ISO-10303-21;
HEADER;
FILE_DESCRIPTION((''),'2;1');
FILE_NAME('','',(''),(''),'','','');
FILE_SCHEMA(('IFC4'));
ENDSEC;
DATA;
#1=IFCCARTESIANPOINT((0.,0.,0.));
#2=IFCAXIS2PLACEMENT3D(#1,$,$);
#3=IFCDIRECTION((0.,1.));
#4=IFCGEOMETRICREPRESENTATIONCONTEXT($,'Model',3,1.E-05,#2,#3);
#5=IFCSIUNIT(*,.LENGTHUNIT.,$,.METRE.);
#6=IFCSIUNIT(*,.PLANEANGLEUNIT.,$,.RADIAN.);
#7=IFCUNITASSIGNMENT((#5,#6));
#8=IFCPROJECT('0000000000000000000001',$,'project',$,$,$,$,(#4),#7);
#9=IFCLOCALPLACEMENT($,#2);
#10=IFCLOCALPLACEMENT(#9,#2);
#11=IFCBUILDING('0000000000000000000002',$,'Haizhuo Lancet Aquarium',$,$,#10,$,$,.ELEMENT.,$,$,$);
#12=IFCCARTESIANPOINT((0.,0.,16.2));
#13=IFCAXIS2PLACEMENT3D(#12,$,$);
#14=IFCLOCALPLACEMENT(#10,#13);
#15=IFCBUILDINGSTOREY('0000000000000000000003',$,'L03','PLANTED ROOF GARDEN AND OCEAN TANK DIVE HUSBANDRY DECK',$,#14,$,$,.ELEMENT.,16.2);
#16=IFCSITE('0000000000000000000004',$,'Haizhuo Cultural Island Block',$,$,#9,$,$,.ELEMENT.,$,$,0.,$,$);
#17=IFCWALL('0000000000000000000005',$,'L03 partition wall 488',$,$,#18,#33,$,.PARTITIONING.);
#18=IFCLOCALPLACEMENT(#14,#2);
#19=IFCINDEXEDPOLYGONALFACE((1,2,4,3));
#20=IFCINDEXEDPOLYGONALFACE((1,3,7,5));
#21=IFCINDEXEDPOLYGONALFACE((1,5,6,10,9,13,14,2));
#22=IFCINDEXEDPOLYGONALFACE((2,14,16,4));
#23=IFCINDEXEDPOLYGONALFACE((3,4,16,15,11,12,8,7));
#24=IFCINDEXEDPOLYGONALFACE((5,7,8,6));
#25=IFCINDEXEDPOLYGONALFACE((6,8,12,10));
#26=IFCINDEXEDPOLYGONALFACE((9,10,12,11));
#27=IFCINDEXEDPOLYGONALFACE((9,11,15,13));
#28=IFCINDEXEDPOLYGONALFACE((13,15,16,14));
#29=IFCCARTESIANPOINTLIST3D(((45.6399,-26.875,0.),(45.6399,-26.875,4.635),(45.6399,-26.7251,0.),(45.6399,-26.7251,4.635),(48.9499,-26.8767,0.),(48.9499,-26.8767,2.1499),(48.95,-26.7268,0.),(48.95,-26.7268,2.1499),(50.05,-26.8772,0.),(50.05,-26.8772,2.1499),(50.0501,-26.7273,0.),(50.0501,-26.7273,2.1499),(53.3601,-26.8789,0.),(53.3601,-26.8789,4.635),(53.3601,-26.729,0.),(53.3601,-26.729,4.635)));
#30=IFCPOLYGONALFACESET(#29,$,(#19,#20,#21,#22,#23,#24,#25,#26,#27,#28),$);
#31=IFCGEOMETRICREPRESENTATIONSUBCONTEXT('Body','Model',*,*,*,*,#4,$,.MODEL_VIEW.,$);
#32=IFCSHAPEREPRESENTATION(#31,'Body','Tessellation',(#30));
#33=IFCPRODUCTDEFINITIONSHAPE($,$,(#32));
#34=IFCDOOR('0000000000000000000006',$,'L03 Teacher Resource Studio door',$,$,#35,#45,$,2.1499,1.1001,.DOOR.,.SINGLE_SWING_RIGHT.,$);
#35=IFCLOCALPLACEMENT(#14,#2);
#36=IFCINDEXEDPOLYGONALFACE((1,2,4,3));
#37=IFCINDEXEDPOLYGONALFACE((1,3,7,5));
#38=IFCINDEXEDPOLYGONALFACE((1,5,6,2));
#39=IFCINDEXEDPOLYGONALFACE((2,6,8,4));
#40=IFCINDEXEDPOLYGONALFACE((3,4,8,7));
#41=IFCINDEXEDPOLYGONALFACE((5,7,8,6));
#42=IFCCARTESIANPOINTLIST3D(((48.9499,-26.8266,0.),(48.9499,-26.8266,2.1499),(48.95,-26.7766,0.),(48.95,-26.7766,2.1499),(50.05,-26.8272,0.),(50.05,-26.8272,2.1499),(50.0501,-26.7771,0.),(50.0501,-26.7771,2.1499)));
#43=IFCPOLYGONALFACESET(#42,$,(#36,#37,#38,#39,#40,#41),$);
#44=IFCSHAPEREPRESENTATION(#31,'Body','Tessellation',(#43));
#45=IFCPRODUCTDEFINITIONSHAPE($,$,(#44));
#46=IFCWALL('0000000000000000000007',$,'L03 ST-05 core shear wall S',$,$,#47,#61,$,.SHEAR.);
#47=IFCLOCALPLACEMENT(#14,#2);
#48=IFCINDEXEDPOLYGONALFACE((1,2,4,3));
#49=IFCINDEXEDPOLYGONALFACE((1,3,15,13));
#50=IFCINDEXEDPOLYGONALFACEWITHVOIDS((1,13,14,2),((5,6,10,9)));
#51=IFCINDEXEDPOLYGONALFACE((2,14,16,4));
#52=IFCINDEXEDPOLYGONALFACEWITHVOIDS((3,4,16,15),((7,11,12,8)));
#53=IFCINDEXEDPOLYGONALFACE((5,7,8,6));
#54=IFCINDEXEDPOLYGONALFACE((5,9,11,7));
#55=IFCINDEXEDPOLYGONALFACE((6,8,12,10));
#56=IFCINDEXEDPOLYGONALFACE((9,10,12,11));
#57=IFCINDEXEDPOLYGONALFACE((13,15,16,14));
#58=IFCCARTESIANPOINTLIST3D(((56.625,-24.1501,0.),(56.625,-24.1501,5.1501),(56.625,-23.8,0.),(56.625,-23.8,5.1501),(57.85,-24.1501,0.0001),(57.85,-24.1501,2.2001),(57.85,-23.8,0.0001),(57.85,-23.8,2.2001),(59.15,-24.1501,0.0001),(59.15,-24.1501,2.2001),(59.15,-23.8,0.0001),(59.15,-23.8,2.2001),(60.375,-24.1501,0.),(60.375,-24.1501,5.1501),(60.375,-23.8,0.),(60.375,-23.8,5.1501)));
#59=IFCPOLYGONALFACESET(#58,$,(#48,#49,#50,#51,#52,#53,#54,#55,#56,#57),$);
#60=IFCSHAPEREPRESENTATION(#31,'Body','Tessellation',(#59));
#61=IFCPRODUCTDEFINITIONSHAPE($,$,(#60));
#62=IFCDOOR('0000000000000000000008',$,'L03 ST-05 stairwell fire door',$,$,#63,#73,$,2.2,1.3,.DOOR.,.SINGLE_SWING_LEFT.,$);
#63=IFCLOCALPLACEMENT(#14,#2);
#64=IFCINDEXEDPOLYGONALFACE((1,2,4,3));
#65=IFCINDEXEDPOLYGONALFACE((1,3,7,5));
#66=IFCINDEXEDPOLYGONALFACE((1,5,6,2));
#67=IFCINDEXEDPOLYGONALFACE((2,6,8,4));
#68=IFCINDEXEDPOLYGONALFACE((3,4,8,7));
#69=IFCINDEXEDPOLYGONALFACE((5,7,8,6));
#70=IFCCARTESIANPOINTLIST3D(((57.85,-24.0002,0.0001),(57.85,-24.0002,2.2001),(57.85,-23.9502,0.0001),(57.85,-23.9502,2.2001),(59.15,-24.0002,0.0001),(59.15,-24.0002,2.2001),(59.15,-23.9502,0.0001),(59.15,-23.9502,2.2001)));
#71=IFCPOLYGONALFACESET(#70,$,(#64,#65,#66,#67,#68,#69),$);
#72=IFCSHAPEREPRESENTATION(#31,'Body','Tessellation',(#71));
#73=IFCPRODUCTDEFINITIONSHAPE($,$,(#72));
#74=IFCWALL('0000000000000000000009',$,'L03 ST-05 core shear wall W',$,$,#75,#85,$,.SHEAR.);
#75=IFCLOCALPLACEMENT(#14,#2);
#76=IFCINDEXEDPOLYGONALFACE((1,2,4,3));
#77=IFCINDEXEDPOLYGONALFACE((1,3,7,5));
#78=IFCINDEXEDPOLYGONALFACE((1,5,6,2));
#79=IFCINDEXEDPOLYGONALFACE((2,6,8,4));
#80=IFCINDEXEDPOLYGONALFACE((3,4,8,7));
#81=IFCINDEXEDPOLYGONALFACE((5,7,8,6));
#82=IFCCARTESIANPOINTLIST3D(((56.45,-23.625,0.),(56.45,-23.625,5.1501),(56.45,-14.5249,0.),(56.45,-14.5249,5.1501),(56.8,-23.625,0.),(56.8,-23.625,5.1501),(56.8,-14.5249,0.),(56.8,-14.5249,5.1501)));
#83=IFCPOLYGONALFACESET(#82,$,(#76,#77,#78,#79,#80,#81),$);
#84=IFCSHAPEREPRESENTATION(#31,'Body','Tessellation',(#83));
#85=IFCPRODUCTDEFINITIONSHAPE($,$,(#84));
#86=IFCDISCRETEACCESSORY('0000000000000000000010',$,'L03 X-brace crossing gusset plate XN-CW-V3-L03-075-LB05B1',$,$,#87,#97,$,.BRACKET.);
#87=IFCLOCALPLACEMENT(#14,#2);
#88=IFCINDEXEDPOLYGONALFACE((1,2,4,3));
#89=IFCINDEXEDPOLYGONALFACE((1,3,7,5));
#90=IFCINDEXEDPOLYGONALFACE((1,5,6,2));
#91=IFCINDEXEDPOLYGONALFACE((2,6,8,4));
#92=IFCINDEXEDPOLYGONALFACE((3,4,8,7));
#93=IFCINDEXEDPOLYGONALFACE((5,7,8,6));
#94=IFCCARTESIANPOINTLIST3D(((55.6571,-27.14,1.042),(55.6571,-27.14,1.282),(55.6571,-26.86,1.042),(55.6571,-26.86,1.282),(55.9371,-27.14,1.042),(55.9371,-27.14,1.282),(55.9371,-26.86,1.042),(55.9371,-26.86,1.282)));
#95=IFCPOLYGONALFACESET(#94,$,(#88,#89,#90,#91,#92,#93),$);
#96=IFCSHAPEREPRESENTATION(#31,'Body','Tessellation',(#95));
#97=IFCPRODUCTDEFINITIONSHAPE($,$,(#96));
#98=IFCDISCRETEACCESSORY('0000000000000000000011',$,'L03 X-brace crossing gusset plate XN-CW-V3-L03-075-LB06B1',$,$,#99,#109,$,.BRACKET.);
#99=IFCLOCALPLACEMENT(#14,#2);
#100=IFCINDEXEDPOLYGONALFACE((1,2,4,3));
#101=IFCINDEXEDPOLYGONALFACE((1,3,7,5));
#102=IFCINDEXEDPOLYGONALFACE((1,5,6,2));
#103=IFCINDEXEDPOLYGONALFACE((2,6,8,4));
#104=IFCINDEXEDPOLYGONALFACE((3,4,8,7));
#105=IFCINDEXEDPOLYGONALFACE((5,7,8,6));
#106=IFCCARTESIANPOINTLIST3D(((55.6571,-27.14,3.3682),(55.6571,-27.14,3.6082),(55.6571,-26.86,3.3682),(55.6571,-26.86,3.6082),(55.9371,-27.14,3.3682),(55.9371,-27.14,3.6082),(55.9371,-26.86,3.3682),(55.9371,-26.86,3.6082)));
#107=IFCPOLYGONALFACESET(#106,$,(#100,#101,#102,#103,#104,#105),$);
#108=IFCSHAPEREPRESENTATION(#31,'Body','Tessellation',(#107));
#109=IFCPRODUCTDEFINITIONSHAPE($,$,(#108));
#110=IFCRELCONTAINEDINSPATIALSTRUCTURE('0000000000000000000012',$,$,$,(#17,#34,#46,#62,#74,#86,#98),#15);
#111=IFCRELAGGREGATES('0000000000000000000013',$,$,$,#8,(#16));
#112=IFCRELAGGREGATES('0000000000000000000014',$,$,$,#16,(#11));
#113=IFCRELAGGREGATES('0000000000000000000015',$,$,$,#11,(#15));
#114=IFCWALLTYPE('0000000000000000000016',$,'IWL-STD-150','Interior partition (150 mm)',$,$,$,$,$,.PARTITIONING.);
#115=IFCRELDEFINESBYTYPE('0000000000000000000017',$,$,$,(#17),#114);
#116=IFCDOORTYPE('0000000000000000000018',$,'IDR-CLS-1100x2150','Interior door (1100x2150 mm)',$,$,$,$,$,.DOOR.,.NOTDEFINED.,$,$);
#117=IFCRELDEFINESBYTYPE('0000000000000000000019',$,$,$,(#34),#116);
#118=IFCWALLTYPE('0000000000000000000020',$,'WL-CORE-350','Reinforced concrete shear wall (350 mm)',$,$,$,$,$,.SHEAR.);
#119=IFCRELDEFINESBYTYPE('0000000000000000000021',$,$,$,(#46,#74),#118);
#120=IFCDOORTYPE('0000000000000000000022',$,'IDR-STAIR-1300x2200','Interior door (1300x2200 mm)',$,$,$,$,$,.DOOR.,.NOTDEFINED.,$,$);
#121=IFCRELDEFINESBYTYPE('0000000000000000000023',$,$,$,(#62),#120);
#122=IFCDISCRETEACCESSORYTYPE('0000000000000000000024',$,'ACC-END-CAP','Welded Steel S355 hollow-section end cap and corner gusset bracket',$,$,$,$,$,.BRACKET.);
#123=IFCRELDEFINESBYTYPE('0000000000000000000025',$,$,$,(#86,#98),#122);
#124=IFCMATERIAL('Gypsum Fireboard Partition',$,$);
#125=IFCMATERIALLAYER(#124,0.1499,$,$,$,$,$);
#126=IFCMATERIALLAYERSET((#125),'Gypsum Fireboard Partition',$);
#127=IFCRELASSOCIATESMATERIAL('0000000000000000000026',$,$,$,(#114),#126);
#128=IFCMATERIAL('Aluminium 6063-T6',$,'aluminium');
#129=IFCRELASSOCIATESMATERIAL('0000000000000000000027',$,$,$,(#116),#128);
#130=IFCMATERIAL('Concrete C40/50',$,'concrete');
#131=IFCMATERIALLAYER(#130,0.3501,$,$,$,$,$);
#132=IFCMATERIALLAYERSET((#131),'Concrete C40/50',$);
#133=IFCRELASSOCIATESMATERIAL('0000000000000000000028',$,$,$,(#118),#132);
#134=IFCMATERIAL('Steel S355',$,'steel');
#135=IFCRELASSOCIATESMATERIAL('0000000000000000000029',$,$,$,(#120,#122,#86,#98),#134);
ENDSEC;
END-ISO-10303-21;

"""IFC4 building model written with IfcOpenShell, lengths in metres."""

from ifc_helpers import new_model, si_unit, direction, frame, frame_2d, origin, origin_2d, place, context, subcontext, project, spatial, rectangle, extrude, material, layer, layer_set, type_object, element, fill, save


model = new_model("IFC4")

# Units and contexts
model_context = context("Model", 3, precision=1e-05, world=origin(), true_north=direction((0.0, 1.0)))
body_context = subcontext(model_context, "Body", "Model", "MODEL_VIEW")
ifc_project = project(units=[si_unit("LENGTHUNIT", "METRE"), si_unit("PLANEANGLEUNIT", "RADIAN")], contexts=[model_context])

# Site, building, storey
site_placement = place(None, origin())
site = spatial("IfcSite", under=ifc_project, at=site_placement, Name="Haizhuo Cultural Island Block", CompositionType="ELEMENT", RefElevation=0.0)
building_placement = place(site_placement, origin())
building = spatial("IfcBuilding", under=site, at=building_placement, Name="Haizhuo Lancet Aquarium", CompositionType="ELEMENT")
storey_placement = place(building_placement, frame((0.0, 0.0, 16.2)))
storey = spatial("IfcBuildingStorey", under=building, at=storey_placement, Name="L03", Description="PLANTED ROOF GARDEN AND OCEAN TANK DIVE HUSBANDRY DECK", CompositionType="ELEMENT", Elevation=16.2)

# Shared definitions
ifc_material_1 = material(Name="Concrete C40/50", Category="concrete")

# Shared definitions
ifc_material_2 = material(Name="Aluminium 6063-T6", Category="aluminium")

# Shared definitions
ifc_material_3 = material(Name="Steel S355", Category="steel")

# Shared definitions
ifc_material_4 = material(Name="Gypsum Fireboard Partition")
ifc_layer_1 = layer(ifc_material_4, 0.1499)
ifc_layer_set_1 = layer_set([ifc_layer_1], Name="Gypsum Fireboard Partition")
wall_type_1 = type_object("IfcWallType", Name="IWL-STD-150", Description="Interior partition (150 mm)", PredefinedType="PARTITIONING", material=ifc_layer_set_1)

# Walls, openings, doors
wall_1_placement = place(storey_placement, frame((53.3601, -26.804, 0.0), z_axis=(0.0, 0.0, 1.0), x_axis=(-1.0, 0.000506, 0.0)))
wall_1 = element("IfcWall", 1, at=wall_1_placement, inside=storey, type_object=wall_type_1, Name="L03 partition wall 488", PredefinedType="PARTITIONING", context=body_context, shape_type="SweptSolid", body=[
    extrude(rectangle(XDim=7.7202, YDim=0.1499, at=frame_2d((3.8601, 0.0))), origin(), (0.0, 0.0, 1.0), 4.635),
])
opening_1_placement = place(wall_1_placement, frame((3.3101, 0.0, 0.0)))
opening_1 = element("IfcOpeningElement", 2, at=opening_1_placement, cuts=wall_1, PredefinedType="OPENING", context=body_context, shape_type="SweptSolid", body=[
    extrude(rectangle(XDim=1.1001, YDim=2.1499, at=frame_2d((0.55, 1.075))), frame((0.0, 0.085, 0.0), z_axis=(0.0, -1.0, 0.0), x_axis=(1.0, 0.0, 0.0)), (0.0, 0.0, 1.0), 0.1699),
])
door_type_1 = type_object("IfcDoorType", Name="IDR-CLS-1100x2150", Description="Interior door (1100x2150 mm)", OperationType="NOTDEFINED", PredefinedType="DOOR", material=ifc_material_2)
door_1_placement = place(opening_1_placement, origin())
door_1 = element("IfcDoor", 3, at=door_1_placement, inside=storey, type_object=door_type_1, Name="L03 Teacher Resource Studio door", OperationType="SINGLE_SWING_RIGHT", OverallHeight=2.1499, OverallWidth=1.1001, PredefinedType="DOOR", context=body_context, shape_type="SweptSolid", body=[
    extrude(rectangle(XDim=1.1001, YDim=2.1499, at=frame_2d((0.55, 1.075))), frame((0.0, 0.0249, 0.0), z_axis=(0.0, -1.0, 0.0), x_axis=(1.0, 0.0, 0.0)), (0.0, 0.0, 1.0), 0.05),
])
fill(opening_1, door_1)
ifc_layer_2 = layer(ifc_material_1, 0.3501)
ifc_layer_set_2 = layer_set([ifc_layer_2], Name="Concrete C40/50")
wall_type_2 = type_object("IfcWallType", Name="WL-CORE-350", Description="Reinforced concrete shear wall (350 mm)", PredefinedType="SHEAR", material=ifc_layer_set_2)
wall_2_placement = place(storey_placement, frame((56.625, -23.9751, 0.0), z_axis=(0.0, 0.0, 1.0), x_axis=(1.0, 0.0, 0.0)))
wall_2 = element("IfcWall", 4, at=wall_2_placement, inside=storey, type_object=wall_type_2, Name="L03 ST-05 core shear wall S", PredefinedType="SHEAR", context=body_context, shape_type="SweptSolid", body=[
    extrude(rectangle(XDim=3.75, YDim=0.3501, at=frame_2d((1.875, 0.0))), origin(), (0.0, 0.0, 1.0), 5.1501),
])
opening_2_placement = place(wall_2_placement, frame((1.2251, 0.0, 0.0)))
opening_2 = element("IfcOpeningElement", 5, at=opening_2_placement, cuts=wall_2, PredefinedType="OPENING", context=body_context, shape_type="SweptSolid", body=[
    extrude(rectangle(XDim=1.3, YDim=2.2, at=frame_2d((0.6499, 1.1001))), frame((0.0, 0.1851, 0.0), z_axis=(0.0, -1.0, 0.0), x_axis=(1.0, 0.0, 0.0)), (0.0, 0.0, 1.0), 0.3701),
])
door_type_2 = type_object("IfcDoorType", Name="IDR-STAIR-1300x2200", Description="Interior door (1300x2200 mm)", OperationType="NOTDEFINED", PredefinedType="DOOR", material=ifc_material_3)
door_2_placement = place(opening_2_placement, origin())
door_2 = element("IfcDoor", 6, at=door_2_placement, inside=storey, type_object=door_type_2, Name="L03 ST-05 stairwell fire door", OperationType="SINGLE_SWING_LEFT", OverallHeight=2.2, OverallWidth=1.3, PredefinedType="DOOR", context=body_context, shape_type="SweptSolid", body=[
    extrude(rectangle(XDim=1.3, YDim=2.2, at=frame_2d((0.6499, 1.1001))), frame((0.0, 0.0249, 0.0), z_axis=(0.0, -1.0, 0.0), x_axis=(1.0, 0.0, 0.0)), (0.0, 0.0, 1.0), 0.05),
])
fill(opening_2, door_2)

# Wall
wall_3_placement = place(storey_placement, frame((56.625, -23.625, 0.0), z_axis=(0.0, 0.0, 1.0), x_axis=(0.0, 1.0, 0.0)))
element("IfcWall", 7, at=wall_3_placement, inside=storey, type_object=wall_type_2, Name="L03 ST-05 core shear wall W", PredefinedType="SHEAR", context=body_context, shape_type="SweptSolid", body=[
    extrude(rectangle(XDim=9.1001, YDim=0.3501, at=frame_2d((4.55, 0.0))), origin(), (0.0, 0.0, 1.0), 5.1501),
])

# Discrete accessories
discrete_accessory_type = type_object("IfcDiscreteAccessoryType", Name="ACC-END-CAP", Description="Welded Steel S355 hollow-section end cap and corner gusset bracket", PredefinedType="BRACKET", material=ifc_material_3)
for number, where, z_axis, x_axis, name in (
    (8, (55.7971, -27.0, 1.042), (0.0, 0.0, 1.0), (1.0, 0.0, 0.0), "L03 X-brace crossing gusset plate XN-CW-V3-L03-075-LB05B1"),
    (9, (55.7971, -27.0, 3.3682), (0.0, 0.0, 1.0), (1.0, 0.0, 0.0), "L03 X-brace crossing gusset plate XN-CW-V3-L03-075-LB06B1"),
):
    element("IfcDiscreteAccessory", number, at=place(storey_placement, frame(where, z_axis=z_axis, x_axis=x_axis)), inside=storey, type_object=discrete_accessory_type, material=ifc_material_3, Name=name, PredefinedType="BRACKET", context=body_context, shape_type="SweptSolid", body=[
        extrude(rectangle(XDim=0.28, YDim=0.28, at=origin_2d()), origin(), (0.0, 0.0, 1.0), 0.24),
    ])

save(model, "model.ifc")
